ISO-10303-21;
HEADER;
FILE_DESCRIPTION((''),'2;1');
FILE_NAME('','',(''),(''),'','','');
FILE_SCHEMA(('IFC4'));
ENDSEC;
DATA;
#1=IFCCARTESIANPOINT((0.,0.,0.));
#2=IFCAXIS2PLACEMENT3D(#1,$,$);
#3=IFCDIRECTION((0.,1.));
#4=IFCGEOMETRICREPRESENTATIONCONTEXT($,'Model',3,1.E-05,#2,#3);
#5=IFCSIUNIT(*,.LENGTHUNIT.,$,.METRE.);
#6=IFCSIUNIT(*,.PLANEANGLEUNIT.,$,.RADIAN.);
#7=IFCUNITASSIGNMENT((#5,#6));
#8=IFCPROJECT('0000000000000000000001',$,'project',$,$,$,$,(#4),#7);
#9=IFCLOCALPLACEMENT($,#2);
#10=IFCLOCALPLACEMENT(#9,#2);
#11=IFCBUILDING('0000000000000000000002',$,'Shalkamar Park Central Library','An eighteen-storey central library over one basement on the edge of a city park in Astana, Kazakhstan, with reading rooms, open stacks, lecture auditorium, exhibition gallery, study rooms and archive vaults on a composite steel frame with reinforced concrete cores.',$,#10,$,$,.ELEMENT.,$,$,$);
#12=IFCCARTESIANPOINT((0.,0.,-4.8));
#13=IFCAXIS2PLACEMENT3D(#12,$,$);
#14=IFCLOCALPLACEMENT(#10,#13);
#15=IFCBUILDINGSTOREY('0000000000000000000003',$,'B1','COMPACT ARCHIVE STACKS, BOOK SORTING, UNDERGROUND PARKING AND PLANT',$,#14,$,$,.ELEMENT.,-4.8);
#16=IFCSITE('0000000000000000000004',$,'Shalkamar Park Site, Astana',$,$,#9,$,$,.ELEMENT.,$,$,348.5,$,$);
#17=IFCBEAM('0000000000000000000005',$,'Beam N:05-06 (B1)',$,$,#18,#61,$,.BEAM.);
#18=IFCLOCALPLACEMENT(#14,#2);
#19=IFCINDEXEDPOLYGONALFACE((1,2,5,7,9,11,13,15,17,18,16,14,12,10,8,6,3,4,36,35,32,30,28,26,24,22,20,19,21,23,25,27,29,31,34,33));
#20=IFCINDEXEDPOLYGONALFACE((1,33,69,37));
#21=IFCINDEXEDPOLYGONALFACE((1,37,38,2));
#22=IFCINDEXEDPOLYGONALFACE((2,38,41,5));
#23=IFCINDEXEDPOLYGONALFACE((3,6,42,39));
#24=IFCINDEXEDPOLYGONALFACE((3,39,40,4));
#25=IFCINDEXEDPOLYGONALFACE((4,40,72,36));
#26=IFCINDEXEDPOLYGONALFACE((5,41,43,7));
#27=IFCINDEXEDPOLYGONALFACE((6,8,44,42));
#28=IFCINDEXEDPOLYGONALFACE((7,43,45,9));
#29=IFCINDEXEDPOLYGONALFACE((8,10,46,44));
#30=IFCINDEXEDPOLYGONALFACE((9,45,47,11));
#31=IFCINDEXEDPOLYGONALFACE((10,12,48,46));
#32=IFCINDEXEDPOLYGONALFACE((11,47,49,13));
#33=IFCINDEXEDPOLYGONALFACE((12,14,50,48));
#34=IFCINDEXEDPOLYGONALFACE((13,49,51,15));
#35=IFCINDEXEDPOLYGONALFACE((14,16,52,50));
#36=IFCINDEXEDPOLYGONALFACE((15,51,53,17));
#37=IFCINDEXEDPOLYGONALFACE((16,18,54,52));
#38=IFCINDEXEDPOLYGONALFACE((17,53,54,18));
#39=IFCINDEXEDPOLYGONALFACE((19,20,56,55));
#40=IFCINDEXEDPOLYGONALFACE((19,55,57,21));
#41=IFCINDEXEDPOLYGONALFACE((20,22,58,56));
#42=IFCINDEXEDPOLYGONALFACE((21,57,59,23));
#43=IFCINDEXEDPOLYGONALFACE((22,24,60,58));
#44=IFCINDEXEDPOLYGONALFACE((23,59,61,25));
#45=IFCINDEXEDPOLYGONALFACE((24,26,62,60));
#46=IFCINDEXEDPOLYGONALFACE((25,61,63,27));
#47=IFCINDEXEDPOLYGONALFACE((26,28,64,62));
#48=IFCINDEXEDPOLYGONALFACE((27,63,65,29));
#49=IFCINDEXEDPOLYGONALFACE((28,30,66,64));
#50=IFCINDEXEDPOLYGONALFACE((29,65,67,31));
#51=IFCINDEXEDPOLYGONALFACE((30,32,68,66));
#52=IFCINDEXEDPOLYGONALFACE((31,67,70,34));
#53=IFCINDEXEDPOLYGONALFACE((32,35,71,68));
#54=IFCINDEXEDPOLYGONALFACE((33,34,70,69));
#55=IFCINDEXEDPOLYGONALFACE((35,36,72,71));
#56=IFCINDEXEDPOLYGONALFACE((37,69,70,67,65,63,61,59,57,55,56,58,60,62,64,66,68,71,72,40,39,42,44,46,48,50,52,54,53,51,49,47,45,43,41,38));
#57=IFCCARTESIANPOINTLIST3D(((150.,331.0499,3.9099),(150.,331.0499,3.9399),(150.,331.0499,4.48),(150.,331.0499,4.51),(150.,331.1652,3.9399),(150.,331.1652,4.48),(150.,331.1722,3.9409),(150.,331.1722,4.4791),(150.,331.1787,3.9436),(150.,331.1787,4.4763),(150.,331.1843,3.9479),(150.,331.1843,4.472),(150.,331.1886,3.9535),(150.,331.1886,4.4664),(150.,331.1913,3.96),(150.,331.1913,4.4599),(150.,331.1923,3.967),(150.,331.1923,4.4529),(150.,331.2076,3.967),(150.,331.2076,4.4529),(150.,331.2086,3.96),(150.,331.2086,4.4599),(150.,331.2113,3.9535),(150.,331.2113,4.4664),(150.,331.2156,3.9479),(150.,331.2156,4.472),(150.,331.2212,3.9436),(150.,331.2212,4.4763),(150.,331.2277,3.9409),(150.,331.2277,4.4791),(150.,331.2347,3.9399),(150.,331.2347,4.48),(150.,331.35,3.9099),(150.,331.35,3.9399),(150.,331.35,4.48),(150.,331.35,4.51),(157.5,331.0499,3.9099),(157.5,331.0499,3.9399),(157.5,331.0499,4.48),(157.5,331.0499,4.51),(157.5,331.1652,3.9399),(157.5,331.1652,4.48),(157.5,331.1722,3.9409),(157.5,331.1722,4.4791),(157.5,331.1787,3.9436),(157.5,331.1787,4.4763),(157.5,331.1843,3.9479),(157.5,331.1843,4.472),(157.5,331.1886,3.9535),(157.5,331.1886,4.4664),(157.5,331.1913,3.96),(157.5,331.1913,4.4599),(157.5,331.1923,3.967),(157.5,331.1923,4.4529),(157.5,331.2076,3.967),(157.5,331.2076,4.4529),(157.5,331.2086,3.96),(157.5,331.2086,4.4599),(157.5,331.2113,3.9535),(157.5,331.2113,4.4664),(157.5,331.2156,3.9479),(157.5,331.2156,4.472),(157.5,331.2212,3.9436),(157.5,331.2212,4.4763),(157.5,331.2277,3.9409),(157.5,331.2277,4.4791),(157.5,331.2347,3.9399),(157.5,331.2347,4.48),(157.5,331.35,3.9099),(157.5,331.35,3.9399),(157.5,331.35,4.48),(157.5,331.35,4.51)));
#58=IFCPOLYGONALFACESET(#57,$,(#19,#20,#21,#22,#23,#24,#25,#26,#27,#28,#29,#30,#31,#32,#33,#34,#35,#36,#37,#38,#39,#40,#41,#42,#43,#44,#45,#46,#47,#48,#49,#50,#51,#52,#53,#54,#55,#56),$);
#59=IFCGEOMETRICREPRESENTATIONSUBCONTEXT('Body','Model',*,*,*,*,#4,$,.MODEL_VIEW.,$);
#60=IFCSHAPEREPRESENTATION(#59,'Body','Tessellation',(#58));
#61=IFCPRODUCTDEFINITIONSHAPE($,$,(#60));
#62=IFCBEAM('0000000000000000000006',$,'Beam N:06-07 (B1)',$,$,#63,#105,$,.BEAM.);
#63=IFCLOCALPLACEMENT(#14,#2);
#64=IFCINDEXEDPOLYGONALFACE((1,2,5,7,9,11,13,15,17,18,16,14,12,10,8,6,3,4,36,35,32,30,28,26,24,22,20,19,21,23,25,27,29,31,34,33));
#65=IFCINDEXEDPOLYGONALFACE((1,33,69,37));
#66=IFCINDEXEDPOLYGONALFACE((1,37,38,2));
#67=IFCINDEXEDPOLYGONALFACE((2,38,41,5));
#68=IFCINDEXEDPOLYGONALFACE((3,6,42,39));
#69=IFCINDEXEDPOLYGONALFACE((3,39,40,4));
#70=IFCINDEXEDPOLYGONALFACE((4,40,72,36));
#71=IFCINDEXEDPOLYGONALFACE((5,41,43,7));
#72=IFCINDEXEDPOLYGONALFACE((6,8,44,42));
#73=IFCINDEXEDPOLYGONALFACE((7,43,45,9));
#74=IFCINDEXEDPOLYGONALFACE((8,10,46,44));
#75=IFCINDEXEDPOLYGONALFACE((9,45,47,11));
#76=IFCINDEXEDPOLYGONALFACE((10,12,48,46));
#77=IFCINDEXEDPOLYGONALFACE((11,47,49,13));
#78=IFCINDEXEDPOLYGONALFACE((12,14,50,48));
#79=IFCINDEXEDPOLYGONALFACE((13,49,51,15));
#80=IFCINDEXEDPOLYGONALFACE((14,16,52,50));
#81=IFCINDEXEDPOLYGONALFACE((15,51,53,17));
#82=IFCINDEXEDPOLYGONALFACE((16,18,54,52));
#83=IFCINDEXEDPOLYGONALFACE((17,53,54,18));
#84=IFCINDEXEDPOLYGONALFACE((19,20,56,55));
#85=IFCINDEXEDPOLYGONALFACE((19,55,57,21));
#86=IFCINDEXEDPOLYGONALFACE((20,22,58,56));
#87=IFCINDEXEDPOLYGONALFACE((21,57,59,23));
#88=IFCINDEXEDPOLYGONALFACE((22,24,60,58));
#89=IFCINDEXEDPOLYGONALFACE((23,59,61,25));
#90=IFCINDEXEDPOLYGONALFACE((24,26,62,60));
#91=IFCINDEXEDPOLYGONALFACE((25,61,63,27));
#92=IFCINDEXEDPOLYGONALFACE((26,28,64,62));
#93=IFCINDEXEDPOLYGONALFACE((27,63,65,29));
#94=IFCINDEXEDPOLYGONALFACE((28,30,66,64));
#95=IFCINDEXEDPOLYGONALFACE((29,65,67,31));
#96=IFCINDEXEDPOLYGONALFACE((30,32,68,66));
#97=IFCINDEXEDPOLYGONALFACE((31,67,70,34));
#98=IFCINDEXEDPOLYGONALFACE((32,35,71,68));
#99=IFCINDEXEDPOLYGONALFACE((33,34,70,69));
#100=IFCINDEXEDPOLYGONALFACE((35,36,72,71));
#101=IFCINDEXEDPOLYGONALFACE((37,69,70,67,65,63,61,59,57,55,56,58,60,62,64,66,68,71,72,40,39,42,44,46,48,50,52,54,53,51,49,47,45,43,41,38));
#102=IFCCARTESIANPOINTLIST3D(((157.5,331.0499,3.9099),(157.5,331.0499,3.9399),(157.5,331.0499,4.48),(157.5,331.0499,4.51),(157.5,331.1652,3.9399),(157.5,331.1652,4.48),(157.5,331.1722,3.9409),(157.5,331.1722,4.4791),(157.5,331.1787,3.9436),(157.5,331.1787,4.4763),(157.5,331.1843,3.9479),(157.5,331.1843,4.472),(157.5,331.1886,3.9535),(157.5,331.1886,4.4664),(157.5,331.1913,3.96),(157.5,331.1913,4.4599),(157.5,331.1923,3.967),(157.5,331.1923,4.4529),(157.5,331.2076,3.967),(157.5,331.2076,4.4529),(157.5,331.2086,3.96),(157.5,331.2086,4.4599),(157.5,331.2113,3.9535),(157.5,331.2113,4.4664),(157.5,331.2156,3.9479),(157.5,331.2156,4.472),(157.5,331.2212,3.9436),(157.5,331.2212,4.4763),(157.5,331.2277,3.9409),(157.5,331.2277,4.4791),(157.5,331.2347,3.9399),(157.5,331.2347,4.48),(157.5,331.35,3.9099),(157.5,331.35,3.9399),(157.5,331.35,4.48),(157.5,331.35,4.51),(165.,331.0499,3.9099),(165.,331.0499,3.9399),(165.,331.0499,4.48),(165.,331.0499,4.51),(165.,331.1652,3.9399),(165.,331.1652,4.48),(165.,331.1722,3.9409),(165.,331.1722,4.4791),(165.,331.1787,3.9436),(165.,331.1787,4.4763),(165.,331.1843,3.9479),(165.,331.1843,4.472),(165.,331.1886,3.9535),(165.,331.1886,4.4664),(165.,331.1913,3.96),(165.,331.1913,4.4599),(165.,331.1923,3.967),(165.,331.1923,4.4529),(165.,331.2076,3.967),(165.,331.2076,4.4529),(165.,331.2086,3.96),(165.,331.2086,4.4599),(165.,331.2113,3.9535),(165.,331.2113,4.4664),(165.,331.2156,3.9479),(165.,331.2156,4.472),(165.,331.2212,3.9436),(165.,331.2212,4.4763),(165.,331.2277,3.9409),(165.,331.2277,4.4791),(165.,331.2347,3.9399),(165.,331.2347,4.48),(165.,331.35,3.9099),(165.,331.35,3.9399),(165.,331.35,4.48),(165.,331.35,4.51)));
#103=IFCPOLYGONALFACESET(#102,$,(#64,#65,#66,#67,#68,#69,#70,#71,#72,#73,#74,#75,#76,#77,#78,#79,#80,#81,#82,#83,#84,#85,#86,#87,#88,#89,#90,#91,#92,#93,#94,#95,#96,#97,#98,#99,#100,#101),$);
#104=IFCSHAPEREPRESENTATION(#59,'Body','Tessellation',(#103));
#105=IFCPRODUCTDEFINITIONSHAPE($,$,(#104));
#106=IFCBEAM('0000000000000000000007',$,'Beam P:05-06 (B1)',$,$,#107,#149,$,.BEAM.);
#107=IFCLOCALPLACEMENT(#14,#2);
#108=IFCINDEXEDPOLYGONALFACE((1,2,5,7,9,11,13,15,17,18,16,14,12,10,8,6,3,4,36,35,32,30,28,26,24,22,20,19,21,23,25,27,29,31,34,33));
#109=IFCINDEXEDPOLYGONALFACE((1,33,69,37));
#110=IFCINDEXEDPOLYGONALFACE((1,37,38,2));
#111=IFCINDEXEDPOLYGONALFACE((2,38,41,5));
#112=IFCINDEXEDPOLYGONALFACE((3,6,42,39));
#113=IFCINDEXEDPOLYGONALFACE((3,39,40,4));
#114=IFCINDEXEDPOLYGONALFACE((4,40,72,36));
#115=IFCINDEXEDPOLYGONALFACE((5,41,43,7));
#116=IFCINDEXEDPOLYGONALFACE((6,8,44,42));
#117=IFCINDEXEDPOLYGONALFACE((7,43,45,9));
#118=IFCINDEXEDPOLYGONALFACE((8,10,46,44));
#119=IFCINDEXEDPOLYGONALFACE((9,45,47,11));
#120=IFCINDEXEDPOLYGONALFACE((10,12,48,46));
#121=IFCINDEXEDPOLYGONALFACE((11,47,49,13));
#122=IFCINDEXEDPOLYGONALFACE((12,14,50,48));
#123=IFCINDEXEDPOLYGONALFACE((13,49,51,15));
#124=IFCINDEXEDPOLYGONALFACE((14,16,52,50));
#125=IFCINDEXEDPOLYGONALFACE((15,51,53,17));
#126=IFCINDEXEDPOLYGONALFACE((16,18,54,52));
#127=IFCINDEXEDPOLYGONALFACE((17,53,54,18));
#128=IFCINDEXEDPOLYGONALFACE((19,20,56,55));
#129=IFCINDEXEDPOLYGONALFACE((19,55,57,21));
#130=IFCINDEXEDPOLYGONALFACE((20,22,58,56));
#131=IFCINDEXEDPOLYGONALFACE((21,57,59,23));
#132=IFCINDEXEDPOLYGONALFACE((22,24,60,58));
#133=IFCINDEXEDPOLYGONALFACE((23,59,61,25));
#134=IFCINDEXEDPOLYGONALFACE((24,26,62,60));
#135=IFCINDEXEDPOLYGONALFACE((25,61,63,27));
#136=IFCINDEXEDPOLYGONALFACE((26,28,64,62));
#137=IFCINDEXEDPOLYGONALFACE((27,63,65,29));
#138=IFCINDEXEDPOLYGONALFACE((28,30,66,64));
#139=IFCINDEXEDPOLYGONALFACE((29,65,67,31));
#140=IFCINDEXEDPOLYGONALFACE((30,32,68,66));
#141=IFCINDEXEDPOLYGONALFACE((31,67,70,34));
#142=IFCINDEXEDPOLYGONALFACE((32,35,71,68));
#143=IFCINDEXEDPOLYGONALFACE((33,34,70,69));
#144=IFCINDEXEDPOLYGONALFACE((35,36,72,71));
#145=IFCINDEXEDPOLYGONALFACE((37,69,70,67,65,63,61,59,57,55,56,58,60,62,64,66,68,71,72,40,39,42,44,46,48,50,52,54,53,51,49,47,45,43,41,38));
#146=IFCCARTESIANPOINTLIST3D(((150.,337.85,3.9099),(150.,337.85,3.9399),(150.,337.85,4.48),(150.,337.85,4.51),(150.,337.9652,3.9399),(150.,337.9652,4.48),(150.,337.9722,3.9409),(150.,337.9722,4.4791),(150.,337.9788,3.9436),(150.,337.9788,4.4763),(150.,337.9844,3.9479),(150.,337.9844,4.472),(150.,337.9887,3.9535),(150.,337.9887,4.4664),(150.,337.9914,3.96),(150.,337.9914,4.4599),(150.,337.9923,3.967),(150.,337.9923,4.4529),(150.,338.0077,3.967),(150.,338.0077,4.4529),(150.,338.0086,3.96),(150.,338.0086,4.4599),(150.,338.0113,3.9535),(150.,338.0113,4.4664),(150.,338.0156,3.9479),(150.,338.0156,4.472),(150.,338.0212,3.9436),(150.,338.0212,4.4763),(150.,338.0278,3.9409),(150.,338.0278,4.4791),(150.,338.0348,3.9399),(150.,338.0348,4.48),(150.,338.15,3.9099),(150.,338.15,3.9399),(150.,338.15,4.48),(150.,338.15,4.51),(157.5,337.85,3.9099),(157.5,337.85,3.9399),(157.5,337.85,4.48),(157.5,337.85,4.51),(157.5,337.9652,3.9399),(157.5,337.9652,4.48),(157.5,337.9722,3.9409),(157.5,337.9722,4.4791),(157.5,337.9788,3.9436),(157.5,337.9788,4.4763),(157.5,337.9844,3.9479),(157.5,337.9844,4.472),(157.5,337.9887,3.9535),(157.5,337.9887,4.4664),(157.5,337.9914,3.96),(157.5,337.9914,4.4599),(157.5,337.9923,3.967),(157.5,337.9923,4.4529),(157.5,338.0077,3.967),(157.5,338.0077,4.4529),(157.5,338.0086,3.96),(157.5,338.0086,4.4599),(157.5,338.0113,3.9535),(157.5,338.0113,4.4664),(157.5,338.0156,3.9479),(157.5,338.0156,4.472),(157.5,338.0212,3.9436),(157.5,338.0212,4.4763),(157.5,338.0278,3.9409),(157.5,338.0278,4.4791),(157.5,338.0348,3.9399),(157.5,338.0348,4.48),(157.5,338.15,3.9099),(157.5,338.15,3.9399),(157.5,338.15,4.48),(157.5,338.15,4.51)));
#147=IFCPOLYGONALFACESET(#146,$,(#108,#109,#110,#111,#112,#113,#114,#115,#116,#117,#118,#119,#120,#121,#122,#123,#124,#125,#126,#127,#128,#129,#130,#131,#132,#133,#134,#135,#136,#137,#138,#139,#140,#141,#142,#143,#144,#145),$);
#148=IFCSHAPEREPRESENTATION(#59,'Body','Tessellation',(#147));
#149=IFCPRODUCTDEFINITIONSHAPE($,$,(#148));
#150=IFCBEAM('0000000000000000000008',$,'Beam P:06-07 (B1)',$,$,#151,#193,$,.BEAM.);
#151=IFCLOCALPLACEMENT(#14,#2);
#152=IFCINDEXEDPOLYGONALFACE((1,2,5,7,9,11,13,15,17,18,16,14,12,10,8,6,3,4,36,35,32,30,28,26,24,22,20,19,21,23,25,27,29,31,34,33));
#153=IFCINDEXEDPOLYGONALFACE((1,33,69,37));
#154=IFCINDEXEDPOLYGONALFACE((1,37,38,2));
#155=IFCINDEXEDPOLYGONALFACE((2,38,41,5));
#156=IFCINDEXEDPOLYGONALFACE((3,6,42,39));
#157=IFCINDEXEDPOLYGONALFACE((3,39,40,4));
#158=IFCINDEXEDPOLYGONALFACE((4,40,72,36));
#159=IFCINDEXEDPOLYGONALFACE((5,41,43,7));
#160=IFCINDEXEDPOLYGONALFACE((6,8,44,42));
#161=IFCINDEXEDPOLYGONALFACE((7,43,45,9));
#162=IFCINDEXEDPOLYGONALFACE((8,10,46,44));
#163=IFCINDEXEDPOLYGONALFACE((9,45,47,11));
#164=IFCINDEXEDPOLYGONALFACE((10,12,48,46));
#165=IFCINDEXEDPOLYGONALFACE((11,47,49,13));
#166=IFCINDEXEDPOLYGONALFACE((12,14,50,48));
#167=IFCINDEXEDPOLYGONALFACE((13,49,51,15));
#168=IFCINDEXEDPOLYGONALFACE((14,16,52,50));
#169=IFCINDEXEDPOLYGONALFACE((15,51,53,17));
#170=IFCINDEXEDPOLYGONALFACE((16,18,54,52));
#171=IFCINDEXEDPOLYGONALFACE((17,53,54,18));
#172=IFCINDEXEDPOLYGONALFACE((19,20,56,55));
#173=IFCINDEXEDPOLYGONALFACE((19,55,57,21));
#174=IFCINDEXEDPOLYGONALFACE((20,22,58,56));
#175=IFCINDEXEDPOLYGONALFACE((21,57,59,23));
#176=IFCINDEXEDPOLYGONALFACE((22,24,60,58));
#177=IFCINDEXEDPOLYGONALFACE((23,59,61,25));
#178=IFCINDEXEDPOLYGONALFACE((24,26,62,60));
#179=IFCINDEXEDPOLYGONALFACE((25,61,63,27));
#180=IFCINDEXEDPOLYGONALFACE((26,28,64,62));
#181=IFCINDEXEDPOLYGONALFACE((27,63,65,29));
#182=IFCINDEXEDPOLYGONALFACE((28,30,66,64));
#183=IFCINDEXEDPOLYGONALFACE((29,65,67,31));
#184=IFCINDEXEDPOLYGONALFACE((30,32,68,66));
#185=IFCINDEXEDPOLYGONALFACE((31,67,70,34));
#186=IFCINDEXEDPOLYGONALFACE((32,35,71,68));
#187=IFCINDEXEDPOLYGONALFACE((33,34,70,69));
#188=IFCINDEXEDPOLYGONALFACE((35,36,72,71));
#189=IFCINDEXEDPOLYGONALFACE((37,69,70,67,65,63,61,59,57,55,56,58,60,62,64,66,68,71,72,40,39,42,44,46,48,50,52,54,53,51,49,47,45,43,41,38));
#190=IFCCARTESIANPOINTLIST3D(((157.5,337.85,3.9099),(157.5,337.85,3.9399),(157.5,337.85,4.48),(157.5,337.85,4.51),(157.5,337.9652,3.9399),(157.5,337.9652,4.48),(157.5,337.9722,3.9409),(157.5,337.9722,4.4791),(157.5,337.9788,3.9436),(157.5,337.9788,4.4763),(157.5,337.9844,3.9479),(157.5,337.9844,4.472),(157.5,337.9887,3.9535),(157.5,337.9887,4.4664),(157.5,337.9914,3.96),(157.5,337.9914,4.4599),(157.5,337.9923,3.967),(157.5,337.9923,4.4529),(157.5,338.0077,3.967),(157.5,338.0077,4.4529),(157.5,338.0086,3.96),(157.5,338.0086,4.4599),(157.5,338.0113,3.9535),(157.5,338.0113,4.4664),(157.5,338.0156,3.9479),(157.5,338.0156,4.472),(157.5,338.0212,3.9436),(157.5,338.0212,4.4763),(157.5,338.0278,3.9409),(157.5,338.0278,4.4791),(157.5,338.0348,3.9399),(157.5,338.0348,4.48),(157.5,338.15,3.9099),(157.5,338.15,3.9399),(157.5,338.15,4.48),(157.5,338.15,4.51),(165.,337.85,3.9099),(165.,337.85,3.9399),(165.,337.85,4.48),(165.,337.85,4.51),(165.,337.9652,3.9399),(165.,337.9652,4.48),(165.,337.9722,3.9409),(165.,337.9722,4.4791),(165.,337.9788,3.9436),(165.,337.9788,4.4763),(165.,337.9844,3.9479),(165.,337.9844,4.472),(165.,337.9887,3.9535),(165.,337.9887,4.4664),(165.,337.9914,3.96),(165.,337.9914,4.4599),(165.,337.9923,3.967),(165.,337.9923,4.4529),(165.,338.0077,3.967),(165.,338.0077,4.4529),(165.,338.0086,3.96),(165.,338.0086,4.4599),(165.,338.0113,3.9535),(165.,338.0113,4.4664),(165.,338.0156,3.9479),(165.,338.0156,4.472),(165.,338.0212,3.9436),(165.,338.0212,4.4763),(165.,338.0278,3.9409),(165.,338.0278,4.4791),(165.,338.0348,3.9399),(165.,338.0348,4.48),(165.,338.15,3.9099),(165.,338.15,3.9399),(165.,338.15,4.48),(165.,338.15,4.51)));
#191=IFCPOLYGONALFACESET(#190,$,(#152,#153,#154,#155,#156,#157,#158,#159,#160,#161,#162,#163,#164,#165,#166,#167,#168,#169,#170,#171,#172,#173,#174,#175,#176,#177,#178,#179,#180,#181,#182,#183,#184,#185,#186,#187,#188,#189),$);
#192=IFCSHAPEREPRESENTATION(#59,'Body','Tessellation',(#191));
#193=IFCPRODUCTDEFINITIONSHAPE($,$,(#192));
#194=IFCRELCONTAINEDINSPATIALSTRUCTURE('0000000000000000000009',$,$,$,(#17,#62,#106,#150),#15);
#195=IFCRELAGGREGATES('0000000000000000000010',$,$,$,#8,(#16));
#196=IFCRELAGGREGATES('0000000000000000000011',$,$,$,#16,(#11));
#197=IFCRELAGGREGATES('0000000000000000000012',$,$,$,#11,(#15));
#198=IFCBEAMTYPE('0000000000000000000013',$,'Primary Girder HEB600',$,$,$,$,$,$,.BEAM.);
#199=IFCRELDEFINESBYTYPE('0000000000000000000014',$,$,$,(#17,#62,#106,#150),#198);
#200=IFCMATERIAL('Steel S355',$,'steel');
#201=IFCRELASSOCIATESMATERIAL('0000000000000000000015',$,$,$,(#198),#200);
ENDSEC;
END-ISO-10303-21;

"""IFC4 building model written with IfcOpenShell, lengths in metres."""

from ifc_helpers import new_model, si_unit, direction, frame, origin, origin_2d, place, context, subcontext, project, spatial, i_section, extrude, material, material_profile, profile_set, type_object, element, save


model = new_model("IFC4")

# Units and contexts
model_context = context("Model", 3, precision=1e-05, world=origin(), true_north=direction((0.0, 1.0)))
body_context = subcontext(model_context, "Body", "Model", "MODEL_VIEW")
ifc_project = project(units=[si_unit("LENGTHUNIT", "METRE"), si_unit("PLANEANGLEUNIT", "RADIAN")], contexts=[model_context])

# Site, building, storey
site_placement = place(None, origin())
site = spatial("IfcSite", under=ifc_project, at=site_placement, Name="Shalkamar Park Site, Astana", CompositionType="ELEMENT", RefElevation=348.5)
building_placement = place(site_placement, origin())
building = spatial("IfcBuilding", under=site, at=building_placement, Name="Shalkamar Park Central Library", Description="An eighteen-storey central library over one basement on the edge of a city park in Astana, Kazakhstan, with reading rooms, open stacks, lecture auditorium, exhibition gallery, study rooms and archive vaults on a composite steel frame with reinforced concrete cores.", CompositionType="ELEMENT")
storey_placement = place(building_placement, frame((0.0, 0.0, -4.8)))
storey = spatial("IfcBuildingStorey", under=building, at=storey_placement, Name="B1", Description="COMPACT ARCHIVE STACKS, BOOK SORTING, UNDERGROUND PARKING AND PLANT", CompositionType="ELEMENT", Elevation=-4.8)

# Shared definitions
ifc_material_1 = material(Name="Steel S355", Category="steel")

# Beams
ifc_material_profile_1 = material_profile(ifc_material_1, i_section(OverallWidth=0.3, OverallDepth=0.6001, WebThickness=0.0154, FlangeThickness=0.03, FilletRadius=0.0271, at=origin_2d()), Name="HEB 600")
ifc_profile_set_1 = profile_set([ifc_material_profile_1], Name="Steel S355")
beam_type_1 = type_object("IfcBeamType", Name="Primary Girder HEB600", PredefinedType="BEAM", material=ifc_profile_set_1)
for number, where, z_axis, x_axis, name in (
    (1, (150.0, 331.2, 4.21), (1.0, 0.0, 0.0), (0.0, 1.0, 0.0), "Beam N:05-06 (B1)"),
    (2, (157.5, 331.2, 4.21), (1.0, 0.0, 0.0), (0.0, 1.0, 0.0), "Beam N:06-07 (B1)"),
    (3, (150.0, 338.0, 4.21), (1.0, 0.0, 0.0), (0.0, 1.0, 0.0), "Beam P:05-06 (B1)"),
    (4, (157.5, 338.0, 4.21), (1.0, 0.0, 0.0), (0.0, 1.0, 0.0), "Beam P:06-07 (B1)"),
):
    element("IfcBeam", number, at=place(storey_placement, frame(where, z_axis=z_axis, x_axis=x_axis)), inside=storey, type_object=beam_type_1, Name=name, PredefinedType="BEAM", context=body_context, shape_type="SweptSolid", body=[
        extrude(i_section(OverallWidth=0.3, OverallDepth=0.6001, WebThickness=0.0154, FlangeThickness=0.03, FilletRadius=0.0271, at=origin_2d()), origin(), (0.0, 0.0, 1.0), 7.5),
    ])

save(model, "model.ifc")
